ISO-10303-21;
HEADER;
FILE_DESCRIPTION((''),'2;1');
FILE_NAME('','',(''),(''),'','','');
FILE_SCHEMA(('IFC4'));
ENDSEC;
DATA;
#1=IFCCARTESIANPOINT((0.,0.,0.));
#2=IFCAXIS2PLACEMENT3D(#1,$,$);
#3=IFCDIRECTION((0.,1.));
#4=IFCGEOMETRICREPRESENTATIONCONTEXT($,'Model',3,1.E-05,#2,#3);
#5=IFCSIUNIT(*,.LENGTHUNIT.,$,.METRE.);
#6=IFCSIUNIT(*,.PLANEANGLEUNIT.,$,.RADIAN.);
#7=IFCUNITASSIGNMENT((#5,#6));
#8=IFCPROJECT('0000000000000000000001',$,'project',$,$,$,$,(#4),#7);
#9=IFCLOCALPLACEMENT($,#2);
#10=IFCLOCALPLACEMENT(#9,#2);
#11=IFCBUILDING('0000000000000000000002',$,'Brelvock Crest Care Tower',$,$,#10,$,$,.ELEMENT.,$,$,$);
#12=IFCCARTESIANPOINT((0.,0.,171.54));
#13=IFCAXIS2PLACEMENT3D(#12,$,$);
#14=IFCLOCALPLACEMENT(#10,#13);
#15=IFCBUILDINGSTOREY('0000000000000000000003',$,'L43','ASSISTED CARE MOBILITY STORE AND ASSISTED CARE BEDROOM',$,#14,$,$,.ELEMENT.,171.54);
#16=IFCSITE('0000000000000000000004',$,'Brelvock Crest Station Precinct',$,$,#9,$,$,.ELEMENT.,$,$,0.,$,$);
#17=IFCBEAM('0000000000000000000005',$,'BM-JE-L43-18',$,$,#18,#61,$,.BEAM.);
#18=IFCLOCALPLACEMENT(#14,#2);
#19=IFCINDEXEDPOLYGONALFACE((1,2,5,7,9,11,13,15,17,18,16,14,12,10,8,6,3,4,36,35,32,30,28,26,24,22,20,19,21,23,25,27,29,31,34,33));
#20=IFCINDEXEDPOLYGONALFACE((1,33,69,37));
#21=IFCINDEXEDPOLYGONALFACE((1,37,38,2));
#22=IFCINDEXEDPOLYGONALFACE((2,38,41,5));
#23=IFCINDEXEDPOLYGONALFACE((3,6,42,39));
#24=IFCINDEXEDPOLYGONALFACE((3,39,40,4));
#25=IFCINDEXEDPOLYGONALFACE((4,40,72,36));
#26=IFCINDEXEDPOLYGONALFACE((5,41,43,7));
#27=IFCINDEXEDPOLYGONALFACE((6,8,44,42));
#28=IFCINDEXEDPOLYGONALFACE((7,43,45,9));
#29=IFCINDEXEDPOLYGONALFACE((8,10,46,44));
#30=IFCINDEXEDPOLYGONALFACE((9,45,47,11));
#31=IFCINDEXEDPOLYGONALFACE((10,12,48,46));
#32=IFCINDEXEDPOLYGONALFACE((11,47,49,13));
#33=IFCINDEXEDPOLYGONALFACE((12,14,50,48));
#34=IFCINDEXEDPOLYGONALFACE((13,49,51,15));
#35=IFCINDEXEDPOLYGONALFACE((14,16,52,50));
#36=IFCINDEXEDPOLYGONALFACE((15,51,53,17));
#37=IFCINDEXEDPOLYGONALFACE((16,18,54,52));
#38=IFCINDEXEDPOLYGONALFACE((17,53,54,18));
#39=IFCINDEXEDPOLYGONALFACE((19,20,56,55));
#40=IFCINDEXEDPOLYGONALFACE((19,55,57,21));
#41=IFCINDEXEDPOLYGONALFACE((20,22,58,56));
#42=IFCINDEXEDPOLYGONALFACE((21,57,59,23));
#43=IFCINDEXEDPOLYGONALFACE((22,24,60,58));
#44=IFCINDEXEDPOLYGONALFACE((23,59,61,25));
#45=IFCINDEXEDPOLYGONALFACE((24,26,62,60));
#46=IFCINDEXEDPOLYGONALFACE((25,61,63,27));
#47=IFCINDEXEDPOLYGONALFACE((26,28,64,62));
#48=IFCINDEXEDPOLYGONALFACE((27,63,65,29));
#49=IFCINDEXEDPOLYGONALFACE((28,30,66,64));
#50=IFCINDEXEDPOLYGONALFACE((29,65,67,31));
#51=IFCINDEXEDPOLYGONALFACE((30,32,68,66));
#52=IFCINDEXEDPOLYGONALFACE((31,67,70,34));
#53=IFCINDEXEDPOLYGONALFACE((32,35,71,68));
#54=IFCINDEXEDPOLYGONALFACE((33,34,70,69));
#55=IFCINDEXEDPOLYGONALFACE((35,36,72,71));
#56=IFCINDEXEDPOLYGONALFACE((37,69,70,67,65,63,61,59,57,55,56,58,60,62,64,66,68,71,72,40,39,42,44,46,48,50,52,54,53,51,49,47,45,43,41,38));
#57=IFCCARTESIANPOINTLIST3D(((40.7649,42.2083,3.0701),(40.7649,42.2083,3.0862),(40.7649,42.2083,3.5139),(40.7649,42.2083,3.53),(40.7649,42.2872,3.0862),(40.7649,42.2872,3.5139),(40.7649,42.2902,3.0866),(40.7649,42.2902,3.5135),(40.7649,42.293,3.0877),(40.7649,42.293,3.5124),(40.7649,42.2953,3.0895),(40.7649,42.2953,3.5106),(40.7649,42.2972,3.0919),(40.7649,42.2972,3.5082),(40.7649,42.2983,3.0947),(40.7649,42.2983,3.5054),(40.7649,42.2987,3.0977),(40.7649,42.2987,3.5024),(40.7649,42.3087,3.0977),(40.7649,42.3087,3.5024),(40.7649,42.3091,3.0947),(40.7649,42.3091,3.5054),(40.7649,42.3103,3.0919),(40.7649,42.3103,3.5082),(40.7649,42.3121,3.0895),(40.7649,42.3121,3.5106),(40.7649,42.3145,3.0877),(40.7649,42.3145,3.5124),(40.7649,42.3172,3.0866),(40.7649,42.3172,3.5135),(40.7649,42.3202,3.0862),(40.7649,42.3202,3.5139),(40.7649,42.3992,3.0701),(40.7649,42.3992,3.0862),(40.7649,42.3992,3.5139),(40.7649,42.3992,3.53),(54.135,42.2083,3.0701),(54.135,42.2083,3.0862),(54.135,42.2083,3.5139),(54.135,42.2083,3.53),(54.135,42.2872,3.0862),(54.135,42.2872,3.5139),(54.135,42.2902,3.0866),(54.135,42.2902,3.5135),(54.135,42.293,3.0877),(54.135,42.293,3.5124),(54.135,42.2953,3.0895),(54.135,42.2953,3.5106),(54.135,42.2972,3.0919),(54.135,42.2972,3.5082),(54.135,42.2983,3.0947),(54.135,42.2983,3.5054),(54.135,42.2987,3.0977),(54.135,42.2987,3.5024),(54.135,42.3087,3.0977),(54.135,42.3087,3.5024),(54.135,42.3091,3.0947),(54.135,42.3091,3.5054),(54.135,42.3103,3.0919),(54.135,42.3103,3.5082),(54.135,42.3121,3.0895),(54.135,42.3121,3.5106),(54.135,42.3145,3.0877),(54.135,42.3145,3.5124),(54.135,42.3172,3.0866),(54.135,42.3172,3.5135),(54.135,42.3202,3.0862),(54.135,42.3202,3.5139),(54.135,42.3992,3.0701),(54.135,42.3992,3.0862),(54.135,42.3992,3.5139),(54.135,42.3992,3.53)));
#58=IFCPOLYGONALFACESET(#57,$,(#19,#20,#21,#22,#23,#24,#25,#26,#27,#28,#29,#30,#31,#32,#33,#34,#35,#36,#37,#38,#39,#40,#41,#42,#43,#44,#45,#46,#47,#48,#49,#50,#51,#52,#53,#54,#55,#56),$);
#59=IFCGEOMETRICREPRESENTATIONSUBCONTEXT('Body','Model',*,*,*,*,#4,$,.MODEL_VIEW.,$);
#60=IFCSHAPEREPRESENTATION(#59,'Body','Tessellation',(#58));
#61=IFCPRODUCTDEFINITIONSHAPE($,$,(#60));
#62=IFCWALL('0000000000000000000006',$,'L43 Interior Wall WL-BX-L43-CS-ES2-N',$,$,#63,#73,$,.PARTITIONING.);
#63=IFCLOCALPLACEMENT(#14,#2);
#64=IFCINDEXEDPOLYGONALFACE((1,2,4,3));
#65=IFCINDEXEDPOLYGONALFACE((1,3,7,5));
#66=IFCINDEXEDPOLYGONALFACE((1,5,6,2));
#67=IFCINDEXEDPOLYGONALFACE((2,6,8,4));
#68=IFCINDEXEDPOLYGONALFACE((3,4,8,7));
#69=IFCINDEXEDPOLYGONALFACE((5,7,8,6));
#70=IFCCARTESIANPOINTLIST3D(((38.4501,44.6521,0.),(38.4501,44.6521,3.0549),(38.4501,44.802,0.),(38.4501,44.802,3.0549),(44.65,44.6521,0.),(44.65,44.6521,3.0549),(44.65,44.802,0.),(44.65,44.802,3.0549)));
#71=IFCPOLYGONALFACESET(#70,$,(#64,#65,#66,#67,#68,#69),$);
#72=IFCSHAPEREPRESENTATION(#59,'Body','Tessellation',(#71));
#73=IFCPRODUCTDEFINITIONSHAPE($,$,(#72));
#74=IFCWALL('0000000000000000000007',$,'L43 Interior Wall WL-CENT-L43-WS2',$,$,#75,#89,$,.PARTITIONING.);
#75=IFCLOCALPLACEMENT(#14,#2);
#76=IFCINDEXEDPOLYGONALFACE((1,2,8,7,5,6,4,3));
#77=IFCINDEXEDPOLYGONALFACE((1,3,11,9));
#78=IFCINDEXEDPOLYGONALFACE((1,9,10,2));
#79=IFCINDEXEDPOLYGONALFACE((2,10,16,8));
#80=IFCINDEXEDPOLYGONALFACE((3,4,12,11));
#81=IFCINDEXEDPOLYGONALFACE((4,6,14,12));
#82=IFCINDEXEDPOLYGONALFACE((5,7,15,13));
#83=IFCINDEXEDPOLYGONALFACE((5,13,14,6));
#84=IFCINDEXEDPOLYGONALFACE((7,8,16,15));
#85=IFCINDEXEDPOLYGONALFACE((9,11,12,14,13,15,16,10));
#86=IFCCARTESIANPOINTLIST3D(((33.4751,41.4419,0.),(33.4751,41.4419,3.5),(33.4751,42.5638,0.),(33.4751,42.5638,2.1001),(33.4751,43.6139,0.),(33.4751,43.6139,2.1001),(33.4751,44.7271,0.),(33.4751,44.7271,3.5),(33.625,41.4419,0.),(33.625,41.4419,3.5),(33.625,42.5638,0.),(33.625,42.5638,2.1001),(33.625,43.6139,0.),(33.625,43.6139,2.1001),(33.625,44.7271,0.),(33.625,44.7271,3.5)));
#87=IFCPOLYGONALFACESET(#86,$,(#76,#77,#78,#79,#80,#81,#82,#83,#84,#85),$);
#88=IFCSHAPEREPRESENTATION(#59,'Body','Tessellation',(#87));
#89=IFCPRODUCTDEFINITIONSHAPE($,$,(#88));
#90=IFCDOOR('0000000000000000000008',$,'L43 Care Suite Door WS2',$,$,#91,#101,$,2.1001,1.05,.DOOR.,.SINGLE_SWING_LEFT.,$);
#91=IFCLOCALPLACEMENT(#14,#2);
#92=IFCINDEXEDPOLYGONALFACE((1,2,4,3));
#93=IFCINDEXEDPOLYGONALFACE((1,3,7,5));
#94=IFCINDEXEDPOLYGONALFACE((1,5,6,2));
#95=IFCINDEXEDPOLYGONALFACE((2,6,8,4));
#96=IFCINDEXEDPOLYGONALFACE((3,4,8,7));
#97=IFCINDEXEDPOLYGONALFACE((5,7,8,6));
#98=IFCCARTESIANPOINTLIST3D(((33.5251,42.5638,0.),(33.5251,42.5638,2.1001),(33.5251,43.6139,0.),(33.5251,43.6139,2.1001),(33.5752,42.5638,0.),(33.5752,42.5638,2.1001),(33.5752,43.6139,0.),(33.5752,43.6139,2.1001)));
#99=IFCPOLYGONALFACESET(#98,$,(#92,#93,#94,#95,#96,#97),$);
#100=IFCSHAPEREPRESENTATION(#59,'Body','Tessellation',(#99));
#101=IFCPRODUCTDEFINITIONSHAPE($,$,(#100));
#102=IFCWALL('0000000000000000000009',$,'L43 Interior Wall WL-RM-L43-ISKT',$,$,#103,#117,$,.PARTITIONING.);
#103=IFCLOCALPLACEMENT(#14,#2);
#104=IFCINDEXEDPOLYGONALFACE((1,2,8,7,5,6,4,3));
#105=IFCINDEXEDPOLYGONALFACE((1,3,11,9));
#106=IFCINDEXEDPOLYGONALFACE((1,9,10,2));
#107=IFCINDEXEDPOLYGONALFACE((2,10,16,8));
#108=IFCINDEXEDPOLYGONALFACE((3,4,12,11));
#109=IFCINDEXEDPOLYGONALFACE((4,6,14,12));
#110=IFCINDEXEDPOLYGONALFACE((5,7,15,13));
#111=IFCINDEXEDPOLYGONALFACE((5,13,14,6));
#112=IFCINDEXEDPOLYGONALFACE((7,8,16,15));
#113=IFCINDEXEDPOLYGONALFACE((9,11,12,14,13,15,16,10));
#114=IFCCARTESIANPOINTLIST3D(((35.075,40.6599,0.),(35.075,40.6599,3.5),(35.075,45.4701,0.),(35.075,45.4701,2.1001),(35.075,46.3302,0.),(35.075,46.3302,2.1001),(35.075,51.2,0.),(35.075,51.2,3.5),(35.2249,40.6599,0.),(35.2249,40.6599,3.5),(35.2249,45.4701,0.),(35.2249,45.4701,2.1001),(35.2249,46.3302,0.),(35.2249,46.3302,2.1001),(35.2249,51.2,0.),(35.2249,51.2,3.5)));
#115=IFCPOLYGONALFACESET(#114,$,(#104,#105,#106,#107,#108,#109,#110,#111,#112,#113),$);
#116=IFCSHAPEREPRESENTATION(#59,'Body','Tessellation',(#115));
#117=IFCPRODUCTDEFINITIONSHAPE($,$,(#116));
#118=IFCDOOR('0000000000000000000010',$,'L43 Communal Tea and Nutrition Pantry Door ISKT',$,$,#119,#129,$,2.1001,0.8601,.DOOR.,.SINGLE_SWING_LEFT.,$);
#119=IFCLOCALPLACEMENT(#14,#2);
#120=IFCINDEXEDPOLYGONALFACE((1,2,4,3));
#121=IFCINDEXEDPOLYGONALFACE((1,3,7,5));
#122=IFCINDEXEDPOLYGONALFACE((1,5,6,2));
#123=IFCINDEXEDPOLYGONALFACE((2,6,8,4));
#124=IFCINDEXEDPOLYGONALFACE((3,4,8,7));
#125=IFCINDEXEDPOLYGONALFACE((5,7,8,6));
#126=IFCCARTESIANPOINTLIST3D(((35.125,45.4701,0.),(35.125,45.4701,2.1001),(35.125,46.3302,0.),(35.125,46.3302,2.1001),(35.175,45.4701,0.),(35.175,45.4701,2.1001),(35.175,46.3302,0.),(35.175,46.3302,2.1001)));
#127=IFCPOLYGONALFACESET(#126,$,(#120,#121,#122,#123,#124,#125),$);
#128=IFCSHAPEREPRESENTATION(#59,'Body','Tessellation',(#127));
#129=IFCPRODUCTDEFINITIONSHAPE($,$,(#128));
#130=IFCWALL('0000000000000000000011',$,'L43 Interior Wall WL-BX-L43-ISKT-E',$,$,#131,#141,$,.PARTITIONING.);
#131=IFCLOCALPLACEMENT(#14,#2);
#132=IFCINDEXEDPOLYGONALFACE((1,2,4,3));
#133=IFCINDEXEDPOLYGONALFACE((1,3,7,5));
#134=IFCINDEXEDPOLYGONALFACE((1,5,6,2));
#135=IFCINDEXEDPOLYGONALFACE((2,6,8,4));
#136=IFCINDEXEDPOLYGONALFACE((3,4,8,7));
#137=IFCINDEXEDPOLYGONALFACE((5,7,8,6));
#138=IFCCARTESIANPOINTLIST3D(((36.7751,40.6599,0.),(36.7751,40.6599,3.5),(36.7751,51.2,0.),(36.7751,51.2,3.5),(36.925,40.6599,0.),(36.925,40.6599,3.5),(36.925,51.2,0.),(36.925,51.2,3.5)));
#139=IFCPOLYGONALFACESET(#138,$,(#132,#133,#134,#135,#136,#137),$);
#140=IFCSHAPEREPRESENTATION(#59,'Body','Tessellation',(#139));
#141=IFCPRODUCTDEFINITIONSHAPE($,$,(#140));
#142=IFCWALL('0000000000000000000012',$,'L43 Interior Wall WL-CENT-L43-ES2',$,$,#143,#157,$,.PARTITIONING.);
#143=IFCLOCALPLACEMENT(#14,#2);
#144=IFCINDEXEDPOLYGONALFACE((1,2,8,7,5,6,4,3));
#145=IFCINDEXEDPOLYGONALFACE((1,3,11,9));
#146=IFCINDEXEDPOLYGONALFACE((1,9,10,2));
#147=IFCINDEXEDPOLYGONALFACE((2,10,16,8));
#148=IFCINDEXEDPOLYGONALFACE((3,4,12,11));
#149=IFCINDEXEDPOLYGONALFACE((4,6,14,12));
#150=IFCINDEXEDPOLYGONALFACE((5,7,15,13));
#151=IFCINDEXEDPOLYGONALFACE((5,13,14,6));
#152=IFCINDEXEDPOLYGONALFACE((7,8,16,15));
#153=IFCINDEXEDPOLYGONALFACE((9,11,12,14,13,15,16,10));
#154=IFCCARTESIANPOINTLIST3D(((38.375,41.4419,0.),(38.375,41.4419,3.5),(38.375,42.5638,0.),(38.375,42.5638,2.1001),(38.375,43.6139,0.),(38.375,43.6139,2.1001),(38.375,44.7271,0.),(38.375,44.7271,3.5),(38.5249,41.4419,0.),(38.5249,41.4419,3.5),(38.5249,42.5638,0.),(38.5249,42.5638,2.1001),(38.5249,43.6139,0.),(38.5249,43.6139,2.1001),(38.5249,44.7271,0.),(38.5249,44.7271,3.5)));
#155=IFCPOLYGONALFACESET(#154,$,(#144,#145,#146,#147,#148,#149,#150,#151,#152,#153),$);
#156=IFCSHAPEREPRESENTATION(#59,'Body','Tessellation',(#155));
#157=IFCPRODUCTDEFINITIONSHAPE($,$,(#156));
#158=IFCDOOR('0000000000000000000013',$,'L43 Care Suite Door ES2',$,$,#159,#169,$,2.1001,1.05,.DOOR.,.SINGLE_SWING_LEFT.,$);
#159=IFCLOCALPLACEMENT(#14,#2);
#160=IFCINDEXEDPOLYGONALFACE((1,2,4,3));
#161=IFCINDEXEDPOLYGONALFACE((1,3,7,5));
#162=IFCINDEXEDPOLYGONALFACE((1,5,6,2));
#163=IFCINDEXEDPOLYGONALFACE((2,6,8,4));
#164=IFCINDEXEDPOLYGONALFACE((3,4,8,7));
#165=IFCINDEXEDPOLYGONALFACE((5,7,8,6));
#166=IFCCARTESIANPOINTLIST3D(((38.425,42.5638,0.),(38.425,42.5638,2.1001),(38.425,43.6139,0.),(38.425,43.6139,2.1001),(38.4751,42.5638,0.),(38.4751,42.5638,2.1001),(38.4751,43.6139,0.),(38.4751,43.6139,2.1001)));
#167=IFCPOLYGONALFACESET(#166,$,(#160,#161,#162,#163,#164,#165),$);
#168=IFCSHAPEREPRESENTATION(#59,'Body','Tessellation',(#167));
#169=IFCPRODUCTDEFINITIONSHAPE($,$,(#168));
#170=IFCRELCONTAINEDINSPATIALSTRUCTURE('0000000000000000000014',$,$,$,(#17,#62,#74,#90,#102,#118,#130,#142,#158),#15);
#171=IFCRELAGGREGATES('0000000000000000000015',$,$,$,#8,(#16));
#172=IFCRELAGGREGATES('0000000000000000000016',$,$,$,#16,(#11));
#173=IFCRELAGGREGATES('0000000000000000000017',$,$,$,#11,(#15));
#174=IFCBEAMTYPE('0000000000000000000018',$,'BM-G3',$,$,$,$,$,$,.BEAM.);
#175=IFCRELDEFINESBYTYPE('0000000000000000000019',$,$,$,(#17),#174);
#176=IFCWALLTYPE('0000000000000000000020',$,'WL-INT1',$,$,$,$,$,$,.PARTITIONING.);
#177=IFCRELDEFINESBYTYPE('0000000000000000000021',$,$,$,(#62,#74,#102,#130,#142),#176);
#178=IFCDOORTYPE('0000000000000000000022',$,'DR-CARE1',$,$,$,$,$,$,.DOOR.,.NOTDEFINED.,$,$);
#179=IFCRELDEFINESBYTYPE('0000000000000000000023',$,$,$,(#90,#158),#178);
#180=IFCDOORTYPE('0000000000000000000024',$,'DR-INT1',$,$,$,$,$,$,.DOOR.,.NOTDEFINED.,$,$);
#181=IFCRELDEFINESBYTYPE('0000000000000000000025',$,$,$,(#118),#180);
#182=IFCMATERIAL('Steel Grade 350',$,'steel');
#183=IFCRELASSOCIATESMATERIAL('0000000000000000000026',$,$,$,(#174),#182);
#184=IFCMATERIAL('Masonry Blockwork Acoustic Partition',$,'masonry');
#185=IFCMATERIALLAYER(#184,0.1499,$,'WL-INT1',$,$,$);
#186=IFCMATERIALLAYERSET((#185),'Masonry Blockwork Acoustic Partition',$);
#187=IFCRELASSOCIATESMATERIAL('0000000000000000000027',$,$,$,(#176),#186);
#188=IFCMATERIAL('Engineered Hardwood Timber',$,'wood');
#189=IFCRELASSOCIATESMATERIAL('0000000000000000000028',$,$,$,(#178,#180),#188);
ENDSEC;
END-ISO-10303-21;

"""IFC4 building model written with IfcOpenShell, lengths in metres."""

from ifc_helpers import new_model, si_unit, direction, frame, frame_2d, origin, origin_2d, place, context, subcontext, project, spatial, rectangle, i_section, extrude, source, transform, mapped, material, layer, layer_set, material_profile, profile_set, type_object, element, fill, save


model = new_model("IFC4")

# Units and contexts
model_context = context("Model", 3, precision=1e-05, world=origin(), true_north=direction((0.0, 1.0)))
body_context = subcontext(model_context, "Body", "Model", "MODEL_VIEW")
ifc_project = project(units=[si_unit("LENGTHUNIT", "METRE"), si_unit("PLANEANGLEUNIT", "RADIAN")], contexts=[model_context])

# Site, building, storey
site_placement = place(None, origin())
site = spatial("IfcSite", under=ifc_project, at=site_placement, Name="Brelvock Crest Station Precinct", CompositionType="ELEMENT", RefElevation=0.0)
building_placement = place(site_placement, origin())
building = spatial("IfcBuilding", under=site, at=building_placement, Name="Brelvock Crest Care Tower", CompositionType="ELEMENT")
storey_placement = place(building_placement, frame((0.0, 0.0, 171.54)))
storey = spatial("IfcBuildingStorey", under=building, at=storey_placement, Name="L43", Description="ASSISTED CARE MOBILITY STORE AND ASSISTED CARE BEDROOM", CompositionType="ELEMENT", Elevation=171.54)

# Beam
ifc_material_1 = material(Name="Steel Grade 350", Category="steel")
ifc_material_profile_1 = material_profile(ifc_material_1, i_section(OverallWidth=0.1909, OverallDepth=0.46, WebThickness=0.01, FlangeThickness=0.0161, FilletRadius=0.0115, at=origin_2d()), Name="460UB82.1")
ifc_profile_set_1 = profile_set([ifc_material_profile_1], Name="Steel Grade 350")
beam_type_1 = type_object("IfcBeamType", Name="BM-G3", PredefinedType="BEAM", material=ifc_profile_set_1)
shared_shape_1 = source(origin(), body_context, "Body", "SweptSolid", [
    extrude(i_section(OverallWidth=0.1909, OverallDepth=0.46, WebThickness=0.01, FlangeThickness=0.0161, FilletRadius=0.0115, at=origin_2d()), origin(), (0.0, 0.0, 1.0), 13.3701),
])
for number, where, z_axis, x_axis, name in (
    (1, (40.7649, 42.3037, 3.3), (1.0, 0.0, 0.0), (0.0, 1.0, 0.0), "BM-JE-L43-18"),
):
    element("IfcBeam", number, at=place(storey_placement, frame(where, z_axis=z_axis, x_axis=x_axis)), inside=storey, type_object=beam_type_1, Name=name, PredefinedType="BEAM", context=body_context, shape_type="MappedRepresentation", body=[
        mapped(shared_shape_1, transform((0.0, 0.0, 0.0), x_axis=(1.0, 0.0, 0.0), y_axis=(0.0, 1.0, 0.0), z_axis=(0.0, 0.0, 1.0), scale=1.0)),
    ])

# Wall
ifc_material_2 = material(Name="Masonry Blockwork Acoustic Partition", Category="masonry")
ifc_layer_1 = layer(ifc_material_2, 0.1499, Name="WL-INT1")
ifc_layer_set_1 = layer_set([ifc_layer_1], Name="Masonry Blockwork Acoustic Partition")
wall_type_1 = type_object("IfcWallType", Name="WL-INT1", PredefinedType="PARTITIONING", material=ifc_layer_set_1)
wall_1_placement = place(storey_placement, frame((38.45, 44.7271, 0.0), z_axis=(0.0, 0.0, 1.0), x_axis=(1.0, 0.0, 0.0)))
element("IfcWall", 2, at=wall_1_placement, inside=storey, type_object=wall_type_1, Name="L43 Interior Wall WL-BX-L43-CS-ES2-N", PredefinedType="PARTITIONING", context=body_context, shape_type="SweptSolid", body=[
    extrude(rectangle(XDim=6.2, YDim=0.1499, at=frame_2d((3.1001, 0.0))), origin(), (0.0, 0.0, 1.0), 3.0549),
])

# Walls, openings, doors
wall_2_placement = place(storey_placement, frame((33.55, 41.4419, 0.0), z_axis=(0.0, 0.0, 1.0), x_axis=(0.0, 1.0, 0.0)))
wall_2 = element("IfcWall", 3, at=wall_2_placement, inside=storey, type_object=wall_type_1, Name="L43 Interior Wall WL-CENT-L43-WS2", PredefinedType="PARTITIONING", context=body_context, shape_type="SweptSolid", body=[
    extrude(rectangle(XDim=3.2852, YDim=0.1499, at=frame_2d((1.6426, 0.0))), origin(), (0.0, 0.0, 1.0), 3.5),
])
opening_1_placement = place(wall_2_placement, frame((1.1221, 0.0, 0.0)))
opening_1 = element("IfcOpeningElement", 4, at=opening_1_placement, cuts=wall_2, PredefinedType="OPENING", context=body_context, shape_type="SweptSolid", body=[
    extrude(rectangle(XDim=1.05, YDim=2.1001, at=origin_2d()), frame((0.5249, 0.085, 1.05), z_axis=(0.0, -1.0, 0.0), x_axis=(1.0, 0.0, 0.0)), (0.0, 0.0, 1.0), 0.1699),
])
ifc_material_3 = material(Name="Engineered Hardwood Timber", Category="wood")
door_type_1 = type_object("IfcDoorType", Name="DR-CARE1", OperationType="NOTDEFINED", PredefinedType="DOOR", material=ifc_material_3)
shared_shape_2 = source(origin(), body_context, "Body", "SweptSolid", [
    extrude(rectangle(XDim=1.05, YDim=2.1001, at=origin_2d()), frame((0.5249, 0.0249, 1.05), z_axis=(0.0, -1.0, 0.0), x_axis=(1.0, 0.0, 0.0)), (0.0, 0.0, 1.0), 0.05),
])
door_1_placement = place(opening_1_placement, origin())
door_1 = element("IfcDoor", 5, at=door_1_placement, inside=storey, type_object=door_type_1, Name="L43 Care Suite Door WS2", OperationType="SINGLE_SWING_LEFT", OverallHeight=2.1001, OverallWidth=1.05, PredefinedType="DOOR", context=body_context, shape_type="MappedRepresentation", body=[
    mapped(shared_shape_2, transform((0.0, 0.0, 0.0), x_axis=(1.0, 0.0, 0.0), y_axis=(0.0, 1.0, 0.0), z_axis=(0.0, 0.0, 1.0), scale=1.0)),
])
fill(opening_1, door_1)
wall_3_placement = place(storey_placement, frame((35.1499, 40.6599, 0.0), z_axis=(0.0, 0.0, 1.0), x_axis=(0.0, 1.0, 0.0)))
wall_3 = element("IfcWall", 6, at=wall_3_placement, inside=storey, type_object=wall_type_1, Name="L43 Interior Wall WL-RM-L43-ISKT", PredefinedType="PARTITIONING", context=body_context, shape_type="SweptSolid", body=[
    extrude(rectangle(XDim=10.54, YDim=0.1499, at=frame_2d((5.27, 0.0))), origin(), (0.0, 0.0, 1.0), 3.5),
])
opening_2_placement = place(wall_3_placement, frame((4.8101, 0.0, 0.0)))
opening_2 = element("IfcOpeningElement", 7, at=opening_2_placement, cuts=wall_3, PredefinedType="OPENING", context=body_context, shape_type="SweptSolid", body=[
    extrude(rectangle(XDim=0.8601, YDim=2.1001, at=origin_2d()), frame((0.4302, 0.085, 1.05), z_axis=(0.0, -1.0, 0.0), x_axis=(1.0, 0.0, 0.0)), (0.0, 0.0, 1.0), 0.1699),
])
door_type_2 = type_object("IfcDoorType", Name="DR-INT1", OperationType="NOTDEFINED", PredefinedType="DOOR", material=ifc_material_3)
shared_shape_3 = source(origin(), body_context, "Body", "SweptSolid", [
    extrude(rectangle(XDim=0.8601, YDim=2.1001, at=origin_2d()), frame((0.4302, 0.0249, 1.05), z_axis=(0.0, -1.0, 0.0), x_axis=(1.0, 0.0, 0.0)), (0.0, 0.0, 1.0), 0.05),
])
door_2_placement = place(opening_2_placement, origin())
door_2 = element("IfcDoor", 8, at=door_2_placement, inside=storey, type_object=door_type_2, Name="L43 Communal Tea and Nutrition Pantry Door ISKT", OperationType="SINGLE_SWING_LEFT", OverallHeight=2.1001, OverallWidth=0.8601, PredefinedType="DOOR", context=body_context, shape_type="MappedRepresentation", body=[
    mapped(shared_shape_3, transform((0.0, 0.0, 0.0), x_axis=(1.0, 0.0, 0.0), y_axis=(0.0, 1.0, 0.0), z_axis=(0.0, 0.0, 1.0), scale=1.0)),
])
fill(opening_2, door_2)

# Wall
wall_4_placement = place(storey_placement, frame((36.8501, 40.6599, 0.0), z_axis=(0.0, 0.0, 1.0), x_axis=(0.0, 1.0, 0.0)))
element("IfcWall", 9, at=wall_4_placement, inside=storey, type_object=wall_type_1, Name="L43 Interior Wall WL-BX-L43-ISKT-E", PredefinedType="PARTITIONING", context=body_context, shape_type="SweptSolid", body=[
    extrude(rectangle(XDim=10.54, YDim=0.1499, at=frame_2d((5.27, 0.0))), origin(), (0.0, 0.0, 1.0), 3.5),
])

# Wall, opening, door
wall_5_placement = place(storey_placement, frame((38.45, 41.4419, 0.0), z_axis=(0.0, 0.0, 1.0), x_axis=(0.0, 1.0, 0.0)))
wall_5 = element("IfcWall", 10, at=wall_5_placement, inside=storey, type_object=wall_type_1, Name="L43 Interior Wall WL-CENT-L43-ES2", PredefinedType="PARTITIONING", context=body_context, shape_type="SweptSolid", body=[
    extrude(rectangle(XDim=3.2852, YDim=0.1499, at=frame_2d((1.6426, 0.0))), origin(), (0.0, 0.0, 1.0), 3.5),
])
opening_3_placement = place(wall_5_placement, frame((1.1221, 0.0, 0.0)))
opening_3 = element("IfcOpeningElement", 11, at=opening_3_placement, cuts=wall_5, PredefinedType="OPENING", context=body_context, shape_type="SweptSolid", body=[
    extrude(rectangle(XDim=1.05, YDim=2.1001, at=origin_2d()), frame((0.5249, 0.085, 1.05), z_axis=(0.0, -1.0, 0.0), x_axis=(1.0, 0.0, 0.0)), (0.0, 0.0, 1.0), 0.1699),
])
door_3_placement = place(opening_3_placement, origin())
door_3 = element("IfcDoor", 12, at=door_3_placement, inside=storey, type_object=door_type_1, Name="L43 Care Suite Door ES2", OperationType="SINGLE_SWING_LEFT", OverallHeight=2.1001, OverallWidth=1.05, PredefinedType="DOOR", context=body_context, shape_type="MappedRepresentation", body=[
    mapped(shared_shape_2, transform((0.0, 0.0, 0.0), x_axis=(1.0, 0.0, 0.0), y_axis=(0.0, 1.0, 0.0), z_axis=(0.0, 0.0, 1.0), scale=1.0)),
])
fill(opening_3, door_3)

save(model, "model.ifc")
